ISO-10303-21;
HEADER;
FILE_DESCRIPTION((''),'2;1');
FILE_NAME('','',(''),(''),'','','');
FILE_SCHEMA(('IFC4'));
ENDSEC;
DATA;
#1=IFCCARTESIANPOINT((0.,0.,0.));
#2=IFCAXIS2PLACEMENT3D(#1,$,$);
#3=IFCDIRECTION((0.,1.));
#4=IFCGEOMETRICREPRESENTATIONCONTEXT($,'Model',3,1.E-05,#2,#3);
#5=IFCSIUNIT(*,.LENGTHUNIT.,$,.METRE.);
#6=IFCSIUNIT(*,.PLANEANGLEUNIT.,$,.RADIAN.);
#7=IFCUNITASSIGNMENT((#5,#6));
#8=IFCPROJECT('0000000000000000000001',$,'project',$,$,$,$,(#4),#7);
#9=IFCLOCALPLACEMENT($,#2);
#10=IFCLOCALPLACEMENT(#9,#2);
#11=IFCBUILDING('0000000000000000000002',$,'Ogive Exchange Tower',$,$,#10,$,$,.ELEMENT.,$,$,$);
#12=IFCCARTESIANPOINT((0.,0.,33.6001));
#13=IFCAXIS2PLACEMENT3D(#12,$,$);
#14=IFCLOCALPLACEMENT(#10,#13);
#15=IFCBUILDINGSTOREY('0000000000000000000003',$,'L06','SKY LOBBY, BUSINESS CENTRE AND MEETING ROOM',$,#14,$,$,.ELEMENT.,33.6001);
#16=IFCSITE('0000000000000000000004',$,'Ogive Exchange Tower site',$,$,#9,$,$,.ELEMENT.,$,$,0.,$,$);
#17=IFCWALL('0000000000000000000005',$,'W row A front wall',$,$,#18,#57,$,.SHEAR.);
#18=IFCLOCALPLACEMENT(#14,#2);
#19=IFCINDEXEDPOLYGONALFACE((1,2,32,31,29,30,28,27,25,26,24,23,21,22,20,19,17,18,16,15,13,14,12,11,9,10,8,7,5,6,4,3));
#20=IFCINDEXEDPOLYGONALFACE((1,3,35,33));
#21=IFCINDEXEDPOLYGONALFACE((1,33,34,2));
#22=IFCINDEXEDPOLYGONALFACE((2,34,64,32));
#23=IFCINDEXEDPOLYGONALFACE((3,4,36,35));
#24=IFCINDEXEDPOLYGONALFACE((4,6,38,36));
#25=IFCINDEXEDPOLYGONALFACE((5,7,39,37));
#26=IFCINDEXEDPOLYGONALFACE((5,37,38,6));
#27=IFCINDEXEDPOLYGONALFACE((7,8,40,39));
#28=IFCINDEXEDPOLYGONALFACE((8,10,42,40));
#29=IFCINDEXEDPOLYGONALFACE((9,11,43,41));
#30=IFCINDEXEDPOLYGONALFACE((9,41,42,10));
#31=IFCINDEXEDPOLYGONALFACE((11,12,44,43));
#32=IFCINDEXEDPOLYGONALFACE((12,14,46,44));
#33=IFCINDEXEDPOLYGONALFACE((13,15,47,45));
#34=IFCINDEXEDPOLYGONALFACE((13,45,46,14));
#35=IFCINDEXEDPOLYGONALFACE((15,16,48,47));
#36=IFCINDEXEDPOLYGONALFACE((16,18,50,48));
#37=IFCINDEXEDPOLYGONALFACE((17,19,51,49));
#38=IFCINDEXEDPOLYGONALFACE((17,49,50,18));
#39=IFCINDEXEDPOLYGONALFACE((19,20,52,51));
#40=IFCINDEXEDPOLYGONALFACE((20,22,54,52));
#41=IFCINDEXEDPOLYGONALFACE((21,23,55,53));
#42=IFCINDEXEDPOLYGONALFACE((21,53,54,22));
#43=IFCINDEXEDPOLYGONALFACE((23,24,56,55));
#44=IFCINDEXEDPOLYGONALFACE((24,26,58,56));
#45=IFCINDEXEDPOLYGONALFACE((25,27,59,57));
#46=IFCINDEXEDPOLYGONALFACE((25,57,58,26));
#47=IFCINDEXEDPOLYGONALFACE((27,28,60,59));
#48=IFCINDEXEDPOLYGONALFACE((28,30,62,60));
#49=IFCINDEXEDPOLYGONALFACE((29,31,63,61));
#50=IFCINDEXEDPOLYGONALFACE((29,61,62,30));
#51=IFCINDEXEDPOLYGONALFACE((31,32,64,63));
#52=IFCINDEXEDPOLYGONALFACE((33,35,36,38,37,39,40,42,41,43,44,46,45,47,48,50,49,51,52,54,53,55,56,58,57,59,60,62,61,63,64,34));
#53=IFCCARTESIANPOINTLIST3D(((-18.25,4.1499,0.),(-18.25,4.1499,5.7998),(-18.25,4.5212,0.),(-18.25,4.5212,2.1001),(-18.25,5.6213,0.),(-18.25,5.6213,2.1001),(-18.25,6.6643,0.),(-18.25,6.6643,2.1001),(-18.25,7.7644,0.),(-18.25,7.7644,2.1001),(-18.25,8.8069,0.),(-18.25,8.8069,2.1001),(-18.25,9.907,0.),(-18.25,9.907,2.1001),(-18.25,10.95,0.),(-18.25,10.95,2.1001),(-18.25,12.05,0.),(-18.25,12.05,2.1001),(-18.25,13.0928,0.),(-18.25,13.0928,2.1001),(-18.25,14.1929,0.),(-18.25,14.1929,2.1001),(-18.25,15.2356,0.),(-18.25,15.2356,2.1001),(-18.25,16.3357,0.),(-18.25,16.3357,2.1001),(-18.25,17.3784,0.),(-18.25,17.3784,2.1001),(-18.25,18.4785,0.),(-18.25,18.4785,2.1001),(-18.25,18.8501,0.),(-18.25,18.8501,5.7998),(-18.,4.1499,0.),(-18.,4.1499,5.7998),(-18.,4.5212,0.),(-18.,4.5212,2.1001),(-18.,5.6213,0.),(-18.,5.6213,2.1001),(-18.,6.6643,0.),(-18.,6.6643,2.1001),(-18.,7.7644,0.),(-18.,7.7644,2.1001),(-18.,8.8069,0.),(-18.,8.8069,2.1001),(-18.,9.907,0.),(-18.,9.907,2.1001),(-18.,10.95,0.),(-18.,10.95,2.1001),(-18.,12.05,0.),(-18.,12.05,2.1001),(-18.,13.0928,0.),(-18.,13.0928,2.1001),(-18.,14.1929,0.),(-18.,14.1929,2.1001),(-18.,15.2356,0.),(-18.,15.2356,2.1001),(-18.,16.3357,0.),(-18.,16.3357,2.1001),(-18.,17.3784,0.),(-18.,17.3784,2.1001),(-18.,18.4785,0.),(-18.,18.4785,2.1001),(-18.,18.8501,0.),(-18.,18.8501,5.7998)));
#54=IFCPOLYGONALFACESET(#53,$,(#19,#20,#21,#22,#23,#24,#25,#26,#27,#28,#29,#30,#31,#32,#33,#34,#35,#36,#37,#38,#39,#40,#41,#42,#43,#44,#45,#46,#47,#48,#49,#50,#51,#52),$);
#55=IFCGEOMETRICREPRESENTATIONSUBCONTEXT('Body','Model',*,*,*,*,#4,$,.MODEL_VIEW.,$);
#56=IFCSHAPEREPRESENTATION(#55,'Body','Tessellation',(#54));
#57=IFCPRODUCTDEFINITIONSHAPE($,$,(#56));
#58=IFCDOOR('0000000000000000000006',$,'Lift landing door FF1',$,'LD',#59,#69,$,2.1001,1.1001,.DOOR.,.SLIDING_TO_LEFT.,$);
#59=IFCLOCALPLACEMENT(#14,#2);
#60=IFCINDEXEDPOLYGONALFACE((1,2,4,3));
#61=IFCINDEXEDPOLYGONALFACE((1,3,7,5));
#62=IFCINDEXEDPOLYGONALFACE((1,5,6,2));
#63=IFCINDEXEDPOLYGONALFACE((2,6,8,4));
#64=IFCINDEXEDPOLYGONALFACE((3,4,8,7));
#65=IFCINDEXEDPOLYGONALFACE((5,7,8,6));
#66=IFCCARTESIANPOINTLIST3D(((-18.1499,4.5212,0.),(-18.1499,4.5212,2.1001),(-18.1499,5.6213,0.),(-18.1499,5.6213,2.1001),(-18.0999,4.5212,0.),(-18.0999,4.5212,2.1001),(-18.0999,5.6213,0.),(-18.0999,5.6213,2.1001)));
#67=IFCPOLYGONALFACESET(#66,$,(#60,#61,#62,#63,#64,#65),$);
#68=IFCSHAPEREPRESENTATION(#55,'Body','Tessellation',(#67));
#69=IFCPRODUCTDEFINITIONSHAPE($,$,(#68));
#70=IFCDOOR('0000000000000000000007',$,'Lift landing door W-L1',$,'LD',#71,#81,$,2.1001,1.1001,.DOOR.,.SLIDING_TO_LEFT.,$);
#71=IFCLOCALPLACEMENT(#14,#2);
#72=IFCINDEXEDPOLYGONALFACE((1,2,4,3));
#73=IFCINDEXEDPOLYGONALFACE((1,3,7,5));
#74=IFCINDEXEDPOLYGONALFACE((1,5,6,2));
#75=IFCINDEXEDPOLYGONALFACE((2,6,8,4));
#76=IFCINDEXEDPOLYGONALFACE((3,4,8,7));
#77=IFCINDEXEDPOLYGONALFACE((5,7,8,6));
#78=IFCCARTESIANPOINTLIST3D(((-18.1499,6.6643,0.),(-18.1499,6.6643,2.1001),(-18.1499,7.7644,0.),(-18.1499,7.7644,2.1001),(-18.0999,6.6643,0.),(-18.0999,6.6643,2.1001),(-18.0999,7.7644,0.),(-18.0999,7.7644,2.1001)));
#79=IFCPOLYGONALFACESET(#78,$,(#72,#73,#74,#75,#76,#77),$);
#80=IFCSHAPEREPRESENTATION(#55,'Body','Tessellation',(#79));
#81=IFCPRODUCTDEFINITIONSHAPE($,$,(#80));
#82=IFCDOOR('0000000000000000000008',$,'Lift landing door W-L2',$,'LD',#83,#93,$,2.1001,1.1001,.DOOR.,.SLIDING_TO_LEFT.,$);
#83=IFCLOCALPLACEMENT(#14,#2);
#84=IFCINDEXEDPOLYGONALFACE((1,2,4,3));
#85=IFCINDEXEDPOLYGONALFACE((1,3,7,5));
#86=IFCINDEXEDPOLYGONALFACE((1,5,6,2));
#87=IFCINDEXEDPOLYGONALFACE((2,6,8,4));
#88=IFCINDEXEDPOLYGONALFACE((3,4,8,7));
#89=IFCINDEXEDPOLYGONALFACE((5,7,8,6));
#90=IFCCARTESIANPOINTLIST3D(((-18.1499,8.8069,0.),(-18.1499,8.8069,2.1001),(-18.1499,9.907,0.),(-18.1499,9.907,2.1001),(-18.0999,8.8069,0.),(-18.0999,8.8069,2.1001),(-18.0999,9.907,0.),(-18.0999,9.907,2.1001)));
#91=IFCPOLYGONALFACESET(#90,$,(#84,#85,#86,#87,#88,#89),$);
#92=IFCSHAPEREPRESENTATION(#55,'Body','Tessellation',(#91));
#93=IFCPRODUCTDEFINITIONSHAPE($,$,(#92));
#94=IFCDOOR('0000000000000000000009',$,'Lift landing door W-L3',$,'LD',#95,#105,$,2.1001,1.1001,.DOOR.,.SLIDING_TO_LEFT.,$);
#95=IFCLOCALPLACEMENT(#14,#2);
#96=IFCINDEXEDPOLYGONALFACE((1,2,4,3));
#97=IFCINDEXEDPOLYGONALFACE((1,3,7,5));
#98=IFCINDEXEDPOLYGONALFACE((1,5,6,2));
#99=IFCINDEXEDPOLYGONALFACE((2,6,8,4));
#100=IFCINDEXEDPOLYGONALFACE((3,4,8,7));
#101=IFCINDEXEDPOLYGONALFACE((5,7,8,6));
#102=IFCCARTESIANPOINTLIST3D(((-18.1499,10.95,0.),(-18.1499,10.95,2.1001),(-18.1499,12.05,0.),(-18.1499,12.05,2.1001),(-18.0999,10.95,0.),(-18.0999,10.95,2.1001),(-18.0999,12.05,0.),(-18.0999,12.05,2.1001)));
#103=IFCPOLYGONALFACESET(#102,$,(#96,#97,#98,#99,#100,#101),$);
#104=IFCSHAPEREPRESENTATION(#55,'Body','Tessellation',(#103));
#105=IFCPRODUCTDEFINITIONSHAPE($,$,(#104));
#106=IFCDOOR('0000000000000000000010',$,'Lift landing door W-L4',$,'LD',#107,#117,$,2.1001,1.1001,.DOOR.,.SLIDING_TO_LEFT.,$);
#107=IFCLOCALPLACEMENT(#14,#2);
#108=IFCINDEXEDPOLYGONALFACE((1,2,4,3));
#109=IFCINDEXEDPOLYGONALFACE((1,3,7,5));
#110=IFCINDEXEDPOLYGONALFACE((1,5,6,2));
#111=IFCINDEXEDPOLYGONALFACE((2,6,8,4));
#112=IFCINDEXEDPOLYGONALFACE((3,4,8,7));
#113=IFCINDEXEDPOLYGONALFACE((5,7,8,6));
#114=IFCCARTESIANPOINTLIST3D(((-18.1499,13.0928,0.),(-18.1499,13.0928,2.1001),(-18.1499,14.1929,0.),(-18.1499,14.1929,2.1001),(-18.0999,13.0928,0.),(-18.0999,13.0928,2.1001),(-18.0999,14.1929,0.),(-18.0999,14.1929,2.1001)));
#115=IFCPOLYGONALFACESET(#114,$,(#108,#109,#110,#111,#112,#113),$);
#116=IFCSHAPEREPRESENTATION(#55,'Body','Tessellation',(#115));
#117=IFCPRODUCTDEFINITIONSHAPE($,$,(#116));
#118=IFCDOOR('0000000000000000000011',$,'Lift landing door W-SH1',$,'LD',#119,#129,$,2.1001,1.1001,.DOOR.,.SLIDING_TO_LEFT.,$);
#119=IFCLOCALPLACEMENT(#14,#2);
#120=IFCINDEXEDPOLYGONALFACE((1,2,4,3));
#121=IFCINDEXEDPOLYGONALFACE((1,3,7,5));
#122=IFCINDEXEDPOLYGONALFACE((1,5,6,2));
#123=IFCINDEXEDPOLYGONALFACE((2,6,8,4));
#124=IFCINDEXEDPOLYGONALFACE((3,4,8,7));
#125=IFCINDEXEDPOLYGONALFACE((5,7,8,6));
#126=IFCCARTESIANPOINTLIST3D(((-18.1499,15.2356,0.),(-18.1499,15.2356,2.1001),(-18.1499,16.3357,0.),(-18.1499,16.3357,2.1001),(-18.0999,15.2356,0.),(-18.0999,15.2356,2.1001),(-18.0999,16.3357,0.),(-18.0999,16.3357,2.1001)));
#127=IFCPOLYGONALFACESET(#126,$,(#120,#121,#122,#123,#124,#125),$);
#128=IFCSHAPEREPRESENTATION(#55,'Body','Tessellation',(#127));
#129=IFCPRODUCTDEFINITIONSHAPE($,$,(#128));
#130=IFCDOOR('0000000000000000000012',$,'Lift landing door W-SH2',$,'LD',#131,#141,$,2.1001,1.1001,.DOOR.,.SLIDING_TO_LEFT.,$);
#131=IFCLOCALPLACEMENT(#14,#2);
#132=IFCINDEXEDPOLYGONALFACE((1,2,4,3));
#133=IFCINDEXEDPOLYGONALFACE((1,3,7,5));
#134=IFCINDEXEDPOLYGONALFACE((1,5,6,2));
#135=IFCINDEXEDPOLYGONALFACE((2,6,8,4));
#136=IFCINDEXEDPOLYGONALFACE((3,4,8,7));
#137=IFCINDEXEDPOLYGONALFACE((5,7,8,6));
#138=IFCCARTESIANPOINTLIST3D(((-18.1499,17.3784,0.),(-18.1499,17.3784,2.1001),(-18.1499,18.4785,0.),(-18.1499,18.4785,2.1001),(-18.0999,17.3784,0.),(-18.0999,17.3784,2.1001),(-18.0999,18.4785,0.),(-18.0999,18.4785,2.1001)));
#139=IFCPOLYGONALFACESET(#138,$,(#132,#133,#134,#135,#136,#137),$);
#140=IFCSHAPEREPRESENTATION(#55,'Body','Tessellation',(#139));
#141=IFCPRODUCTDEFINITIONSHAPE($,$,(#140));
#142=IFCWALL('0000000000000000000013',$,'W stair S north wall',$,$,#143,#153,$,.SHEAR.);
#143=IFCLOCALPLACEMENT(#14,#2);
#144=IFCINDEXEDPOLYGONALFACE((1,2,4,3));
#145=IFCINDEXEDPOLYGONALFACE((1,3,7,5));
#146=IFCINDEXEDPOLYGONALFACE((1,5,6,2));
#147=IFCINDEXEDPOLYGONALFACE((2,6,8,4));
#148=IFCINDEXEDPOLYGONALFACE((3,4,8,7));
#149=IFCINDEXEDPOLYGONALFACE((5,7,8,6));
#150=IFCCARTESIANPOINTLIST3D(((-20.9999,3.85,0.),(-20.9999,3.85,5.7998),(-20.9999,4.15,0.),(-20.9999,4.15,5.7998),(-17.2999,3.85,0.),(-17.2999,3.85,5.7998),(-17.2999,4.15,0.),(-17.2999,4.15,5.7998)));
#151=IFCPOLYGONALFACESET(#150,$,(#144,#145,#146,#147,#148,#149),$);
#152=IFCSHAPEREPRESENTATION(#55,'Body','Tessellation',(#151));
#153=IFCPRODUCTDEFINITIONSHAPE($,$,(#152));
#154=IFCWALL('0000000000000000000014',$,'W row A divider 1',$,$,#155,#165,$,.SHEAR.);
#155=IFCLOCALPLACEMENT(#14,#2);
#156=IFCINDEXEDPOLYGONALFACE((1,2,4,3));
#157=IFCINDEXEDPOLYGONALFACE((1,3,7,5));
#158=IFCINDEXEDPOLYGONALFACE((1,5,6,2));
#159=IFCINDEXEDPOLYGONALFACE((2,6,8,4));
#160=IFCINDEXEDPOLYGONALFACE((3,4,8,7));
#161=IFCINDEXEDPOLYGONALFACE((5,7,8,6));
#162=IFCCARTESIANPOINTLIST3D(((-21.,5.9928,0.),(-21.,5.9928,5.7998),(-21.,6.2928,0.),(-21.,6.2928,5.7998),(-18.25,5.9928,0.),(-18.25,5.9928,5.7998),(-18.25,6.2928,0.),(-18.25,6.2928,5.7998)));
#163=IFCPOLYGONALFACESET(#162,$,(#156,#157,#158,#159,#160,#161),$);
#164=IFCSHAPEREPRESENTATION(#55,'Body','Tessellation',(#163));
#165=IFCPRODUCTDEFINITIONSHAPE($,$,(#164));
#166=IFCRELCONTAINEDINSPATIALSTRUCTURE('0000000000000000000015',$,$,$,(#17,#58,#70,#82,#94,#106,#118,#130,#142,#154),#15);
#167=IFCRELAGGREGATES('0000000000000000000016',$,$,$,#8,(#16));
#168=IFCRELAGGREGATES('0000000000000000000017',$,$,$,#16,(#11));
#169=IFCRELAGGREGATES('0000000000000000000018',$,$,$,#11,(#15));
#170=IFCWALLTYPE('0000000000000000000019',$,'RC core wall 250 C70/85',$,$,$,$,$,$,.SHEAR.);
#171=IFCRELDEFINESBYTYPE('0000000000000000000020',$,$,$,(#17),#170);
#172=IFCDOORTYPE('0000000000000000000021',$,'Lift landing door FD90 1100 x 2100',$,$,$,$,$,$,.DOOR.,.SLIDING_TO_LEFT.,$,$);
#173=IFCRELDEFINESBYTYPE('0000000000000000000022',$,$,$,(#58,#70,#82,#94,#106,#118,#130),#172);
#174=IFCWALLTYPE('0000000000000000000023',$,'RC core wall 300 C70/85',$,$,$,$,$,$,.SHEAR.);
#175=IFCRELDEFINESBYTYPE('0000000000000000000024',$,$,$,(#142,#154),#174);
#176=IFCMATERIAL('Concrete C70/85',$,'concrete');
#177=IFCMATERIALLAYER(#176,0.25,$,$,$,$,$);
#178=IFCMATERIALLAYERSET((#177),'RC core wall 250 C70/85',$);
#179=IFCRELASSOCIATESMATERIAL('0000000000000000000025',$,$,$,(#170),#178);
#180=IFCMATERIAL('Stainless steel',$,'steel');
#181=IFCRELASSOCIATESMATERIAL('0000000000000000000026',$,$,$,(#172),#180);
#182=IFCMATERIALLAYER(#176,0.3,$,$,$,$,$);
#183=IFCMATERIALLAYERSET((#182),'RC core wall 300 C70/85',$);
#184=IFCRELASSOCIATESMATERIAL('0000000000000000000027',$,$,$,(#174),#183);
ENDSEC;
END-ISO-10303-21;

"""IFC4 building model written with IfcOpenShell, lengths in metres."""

from ifc_helpers import new_model, si_unit, direction, frame, frame_2d, origin, place, context, subcontext, project, spatial, rectangle, extrude, material, layer, layer_set, type_object, element, fill, save


model = new_model("IFC4")

# Units and contexts
model_context = context("Model", 3, precision=1e-05, world=origin(), true_north=direction((0.0, 1.0)))
body_context = subcontext(model_context, "Body", "Model", "MODEL_VIEW")
ifc_project = project(units=[si_unit("LENGTHUNIT", "METRE"), si_unit("PLANEANGLEUNIT", "RADIAN")], contexts=[model_context])

# Site, building, storey
site_placement = place(None, origin())
site = spatial("IfcSite", under=ifc_project, at=site_placement, Name="Ogive Exchange Tower site", CompositionType="ELEMENT", RefElevation=0.0)
building_placement = place(site_placement, origin())
building = spatial("IfcBuilding", under=site, at=building_placement, Name="Ogive Exchange Tower", CompositionType="ELEMENT")
storey_placement = place(building_placement, frame((0.0, 0.0, 33.6001)))
storey = spatial("IfcBuildingStorey", under=building, at=storey_placement, Name="L06", Description="SKY LOBBY, BUSINESS CENTRE AND MEETING ROOM", CompositionType="ELEMENT", Elevation=33.6001)

# Shared definitions
ifc_material_1 = material(Name="Concrete C70/85", Category="concrete")

# Wall, openings, doors
ifc_layer_1 = layer(ifc_material_1, 0.25)
ifc_layer_set_1 = layer_set([ifc_layer_1], Name="RC core wall 250 C70/85")
wall_type_1 = type_object("IfcWallType", Name="RC core wall 250 C70/85", PredefinedType="SHEAR", material=ifc_layer_set_1)
wall_1_placement = place(storey_placement, frame((-18.125, 4.1499, 0.0), z_axis=(0.0, 0.0, 1.0), x_axis=(0.0, 1.0, 0.0)))
wall_1 = element("IfcWall", 1, at=wall_1_placement, inside=storey, type_object=wall_type_1, Name="W row A front wall", PredefinedType="SHEAR", context=body_context, shape_type="SweptSolid", body=[
    extrude(rectangle(XDim=14.7002, YDim=0.25, at=frame_2d((7.3501, 0.0))), origin(), (0.0, 0.0, 1.0), 5.7998),
])
opening_1_placement = place(wall_1_placement, frame((0.3713, 0.0, 0.0)))
opening_1 = element("IfcOpeningElement", 2, at=opening_1_placement, cuts=wall_1, PredefinedType="OPENING", context=body_context, shape_type="SweptSolid", body=[
    extrude(rectangle(XDim=1.1001, YDim=2.1001, at=frame_2d((0.55, 1.05))), frame((0.0, 0.135, 0.0), z_axis=(0.0, -1.0, 0.0), x_axis=(1.0, 0.0, 0.0)), (0.0, 0.0, 1.0), 0.27),
])
opening_2_placement = place(wall_1_placement, frame((2.5144, 0.0, 0.0)))
opening_2 = element("IfcOpeningElement", 3, at=opening_2_placement, cuts=wall_1, PredefinedType="OPENING", context=body_context, shape_type="SweptSolid", body=[
    extrude(rectangle(XDim=1.1001, YDim=2.1001, at=frame_2d((0.55, 1.05))), frame((0.0, 0.135, 0.0), z_axis=(0.0, -1.0, 0.0), x_axis=(1.0, 0.0, 0.0)), (0.0, 0.0, 1.0), 0.27),
])
opening_3_placement = place(wall_1_placement, frame((4.657, 0.0, 0.0)))
opening_3 = element("IfcOpeningElement", 4, at=opening_3_placement, cuts=wall_1, PredefinedType="OPENING", context=body_context, shape_type="SweptSolid", body=[
    extrude(rectangle(XDim=1.1001, YDim=2.1001, at=frame_2d((0.55, 1.05))), frame((0.0, 0.135, 0.0), z_axis=(0.0, -1.0, 0.0), x_axis=(1.0, 0.0, 0.0)), (0.0, 0.0, 1.0), 0.27),
])
opening_4_placement = place(wall_1_placement, frame((6.8, 0.0, 0.0)))
opening_4 = element("IfcOpeningElement", 5, at=opening_4_placement, cuts=wall_1, PredefinedType="OPENING", context=body_context, shape_type="SweptSolid", body=[
    extrude(rectangle(XDim=1.1001, YDim=2.1001, at=frame_2d((0.55, 1.05))), frame((0.0, 0.135, 0.0), z_axis=(0.0, -1.0, 0.0), x_axis=(1.0, 0.0, 0.0)), (0.0, 0.0, 1.0), 0.27),
])
opening_5_placement = place(wall_1_placement, frame((8.9429, 0.0, 0.0)))
opening_5 = element("IfcOpeningElement", 6, at=opening_5_placement, cuts=wall_1, PredefinedType="OPENING", context=body_context, shape_type="SweptSolid", body=[
    extrude(rectangle(XDim=1.1001, YDim=2.1001, at=frame_2d((0.55, 1.05))), frame((0.0, 0.135, 0.0), z_axis=(0.0, -1.0, 0.0), x_axis=(1.0, 0.0, 0.0)), (0.0, 0.0, 1.0), 0.27),
])
opening_6_placement = place(wall_1_placement, frame((11.0857, 0.0, 0.0)))
opening_6 = element("IfcOpeningElement", 7, at=opening_6_placement, cuts=wall_1, PredefinedType="OPENING", context=body_context, shape_type="SweptSolid", body=[
    extrude(rectangle(XDim=1.1001, YDim=2.1001, at=frame_2d((0.55, 1.05))), frame((0.0, 0.135, 0.0), z_axis=(0.0, -1.0, 0.0), x_axis=(1.0, 0.0, 0.0)), (0.0, 0.0, 1.0), 0.27),
])
opening_7_placement = place(wall_1_placement, frame((13.2285, 0.0, 0.0)))
opening_7 = element("IfcOpeningElement", 8, at=opening_7_placement, cuts=wall_1, PredefinedType="OPENING", context=body_context, shape_type="SweptSolid", body=[
    extrude(rectangle(XDim=1.1001, YDim=2.1001, at=frame_2d((0.55, 1.05))), frame((0.0, 0.135, 0.0), z_axis=(0.0, -1.0, 0.0), x_axis=(1.0, 0.0, 0.0)), (0.0, 0.0, 1.0), 0.27),
])
ifc_material_2 = material(Name="Stainless steel", Category="steel")
door_type_1 = type_object("IfcDoorType", Name="Lift landing door FD90 1100 x 2100", OperationType="SLIDING_TO_LEFT", PredefinedType="DOOR", material=ifc_material_2)
door_1_placement = place(opening_1_placement, origin())
door_1 = element("IfcDoor", 9, at=door_1_placement, inside=storey, type_object=door_type_1, Name="Lift landing door FF1", ObjectType="LD", OperationType="SLIDING_TO_LEFT", OverallHeight=2.1001, OverallWidth=1.1001, PredefinedType="DOOR", context=body_context, shape_type="SweptSolid", body=[
    extrude(rectangle(XDim=1.1001, YDim=2.1001, at=frame_2d((0.55, 1.05))), frame((0.0, 0.0249, 0.0), z_axis=(0.0, -1.0, 0.0), x_axis=(1.0, 0.0, 0.0)), (0.0, 0.0, 1.0), 0.05),
])
fill(opening_1, door_1)
door_2_placement = place(opening_2_placement, origin())
door_2 = element("IfcDoor", 10, at=door_2_placement, inside=storey, type_object=door_type_1, Name="Lift landing door W-L1", ObjectType="LD", OperationType="SLIDING_TO_LEFT", OverallHeight=2.1001, OverallWidth=1.1001, PredefinedType="DOOR", context=body_context, shape_type="SweptSolid", body=[
    extrude(rectangle(XDim=1.1001, YDim=2.1001, at=frame_2d((0.55, 1.05))), frame((0.0, 0.0249, 0.0), z_axis=(0.0, -1.0, 0.0), x_axis=(1.0, 0.0, 0.0)), (0.0, 0.0, 1.0), 0.05),
])
fill(opening_2, door_2)
door_3_placement = place(opening_3_placement, origin())
door_3 = element("IfcDoor", 11, at=door_3_placement, inside=storey, type_object=door_type_1, Name="Lift landing door W-L2", ObjectType="LD", OperationType="SLIDING_TO_LEFT", OverallHeight=2.1001, OverallWidth=1.1001, PredefinedType="DOOR", context=body_context, shape_type="SweptSolid", body=[
    extrude(rectangle(XDim=1.1001, YDim=2.1001, at=frame_2d((0.55, 1.05))), frame((0.0, 0.0249, 0.0), z_axis=(0.0, -1.0, 0.0), x_axis=(1.0, 0.0, 0.0)), (0.0, 0.0, 1.0), 0.05),
])
fill(opening_3, door_3)
door_4_placement = place(opening_4_placement, origin())
door_4 = element("IfcDoor", 12, at=door_4_placement, inside=storey, type_object=door_type_1, Name="Lift landing door W-L3", ObjectType="LD", OperationType="SLIDING_TO_LEFT", OverallHeight=2.1001, OverallWidth=1.1001, PredefinedType="DOOR", context=body_context, shape_type="SweptSolid", body=[
    extrude(rectangle(XDim=1.1001, YDim=2.1001, at=frame_2d((0.55, 1.05))), frame((0.0, 0.0249, 0.0), z_axis=(0.0, -1.0, 0.0), x_axis=(1.0, 0.0, 0.0)), (0.0, 0.0, 1.0), 0.05),
])
fill(opening_4, door_4)
door_5_placement = place(opening_5_placement, origin())
door_5 = element("IfcDoor", 13, at=door_5_placement, inside=storey, type_object=door_type_1, Name="Lift landing door W-L4", ObjectType="LD", OperationType="SLIDING_TO_LEFT", OverallHeight=2.1001, OverallWidth=1.1001, PredefinedType="DOOR", context=body_context, shape_type="SweptSolid", body=[
    extrude(rectangle(XDim=1.1001, YDim=2.1001, at=frame_2d((0.55, 1.05))), frame((0.0, 0.0249, 0.0), z_axis=(0.0, -1.0, 0.0), x_axis=(1.0, 0.0, 0.0)), (0.0, 0.0, 1.0), 0.05),
])
fill(opening_5, door_5)
door_6_placement = place(opening_6_placement, origin())
door_6 = element("IfcDoor", 14, at=door_6_placement, inside=storey, type_object=door_type_1, Name="Lift landing door W-SH1", ObjectType="LD", OperationType="SLIDING_TO_LEFT", OverallHeight=2.1001, OverallWidth=1.1001, PredefinedType="DOOR", context=body_context, shape_type="SweptSolid", body=[
    extrude(rectangle(XDim=1.1001, YDim=2.1001, at=frame_2d((0.55, 1.05))), frame((0.0, 0.0249, 0.0), z_axis=(0.0, -1.0, 0.0), x_axis=(1.0, 0.0, 0.0)), (0.0, 0.0, 1.0), 0.05),
])
fill(opening_6, door_6)
door_7_placement = place(opening_7_placement, origin())
door_7 = element("IfcDoor", 15, at=door_7_placement, inside=storey, type_object=door_type_1, Name="Lift landing door W-SH2", ObjectType="LD", OperationType="SLIDING_TO_LEFT", OverallHeight=2.1001, OverallWidth=1.1001, PredefinedType="DOOR", context=body_context, shape_type="SweptSolid", body=[
    extrude(rectangle(XDim=1.1001, YDim=2.1001, at=frame_2d((0.55, 1.05))), frame((0.0, 0.0249, 0.0), z_axis=(0.0, -1.0, 0.0), x_axis=(1.0, 0.0, 0.0)), (0.0, 0.0, 1.0), 0.05),
])
fill(opening_7, door_7)

# Walls
ifc_layer_2 = layer(ifc_material_1, 0.3)
ifc_layer_set_2 = layer_set([ifc_layer_2], Name="RC core wall 300 C70/85")
wall_type_2 = type_object("IfcWallType", Name="RC core wall 300 C70/85", PredefinedType="SHEAR", material=ifc_layer_set_2)
wall_2_placement = place(storey_placement, frame((-21.0, 4.0, 0.0), z_axis=(0.0, 0.0, 1.0), x_axis=(1.0, 0.0, 0.0)))
element("IfcWall", 16, at=wall_2_placement, inside=storey, type_object=wall_type_2, Name="W stair S north wall", PredefinedType="SHEAR", context=body_context, shape_type="SweptSolid", body=[
    extrude(rectangle(XDim=3.7, YDim=0.3, at=frame_2d((1.8501, 0.0))), origin(), (0.0, 0.0, 1.0), 5.7998),
])
wall_3_placement = place(storey_placement, frame((-21.0, 6.1428, 0.0), z_axis=(0.0, 0.0, 1.0), x_axis=(1.0, 0.0, 0.0)))
element("IfcWall", 17, at=wall_3_placement, inside=storey, type_object=wall_type_2, Name="W row A divider 1", PredefinedType="SHEAR", context=body_context, shape_type="SweptSolid", body=[
    extrude(rectangle(XDim=2.75, YDim=0.3, at=frame_2d((1.375, 0.0))), origin(), (0.0, 0.0, 1.0), 5.7998),
])

save(model, "model.ifc")
